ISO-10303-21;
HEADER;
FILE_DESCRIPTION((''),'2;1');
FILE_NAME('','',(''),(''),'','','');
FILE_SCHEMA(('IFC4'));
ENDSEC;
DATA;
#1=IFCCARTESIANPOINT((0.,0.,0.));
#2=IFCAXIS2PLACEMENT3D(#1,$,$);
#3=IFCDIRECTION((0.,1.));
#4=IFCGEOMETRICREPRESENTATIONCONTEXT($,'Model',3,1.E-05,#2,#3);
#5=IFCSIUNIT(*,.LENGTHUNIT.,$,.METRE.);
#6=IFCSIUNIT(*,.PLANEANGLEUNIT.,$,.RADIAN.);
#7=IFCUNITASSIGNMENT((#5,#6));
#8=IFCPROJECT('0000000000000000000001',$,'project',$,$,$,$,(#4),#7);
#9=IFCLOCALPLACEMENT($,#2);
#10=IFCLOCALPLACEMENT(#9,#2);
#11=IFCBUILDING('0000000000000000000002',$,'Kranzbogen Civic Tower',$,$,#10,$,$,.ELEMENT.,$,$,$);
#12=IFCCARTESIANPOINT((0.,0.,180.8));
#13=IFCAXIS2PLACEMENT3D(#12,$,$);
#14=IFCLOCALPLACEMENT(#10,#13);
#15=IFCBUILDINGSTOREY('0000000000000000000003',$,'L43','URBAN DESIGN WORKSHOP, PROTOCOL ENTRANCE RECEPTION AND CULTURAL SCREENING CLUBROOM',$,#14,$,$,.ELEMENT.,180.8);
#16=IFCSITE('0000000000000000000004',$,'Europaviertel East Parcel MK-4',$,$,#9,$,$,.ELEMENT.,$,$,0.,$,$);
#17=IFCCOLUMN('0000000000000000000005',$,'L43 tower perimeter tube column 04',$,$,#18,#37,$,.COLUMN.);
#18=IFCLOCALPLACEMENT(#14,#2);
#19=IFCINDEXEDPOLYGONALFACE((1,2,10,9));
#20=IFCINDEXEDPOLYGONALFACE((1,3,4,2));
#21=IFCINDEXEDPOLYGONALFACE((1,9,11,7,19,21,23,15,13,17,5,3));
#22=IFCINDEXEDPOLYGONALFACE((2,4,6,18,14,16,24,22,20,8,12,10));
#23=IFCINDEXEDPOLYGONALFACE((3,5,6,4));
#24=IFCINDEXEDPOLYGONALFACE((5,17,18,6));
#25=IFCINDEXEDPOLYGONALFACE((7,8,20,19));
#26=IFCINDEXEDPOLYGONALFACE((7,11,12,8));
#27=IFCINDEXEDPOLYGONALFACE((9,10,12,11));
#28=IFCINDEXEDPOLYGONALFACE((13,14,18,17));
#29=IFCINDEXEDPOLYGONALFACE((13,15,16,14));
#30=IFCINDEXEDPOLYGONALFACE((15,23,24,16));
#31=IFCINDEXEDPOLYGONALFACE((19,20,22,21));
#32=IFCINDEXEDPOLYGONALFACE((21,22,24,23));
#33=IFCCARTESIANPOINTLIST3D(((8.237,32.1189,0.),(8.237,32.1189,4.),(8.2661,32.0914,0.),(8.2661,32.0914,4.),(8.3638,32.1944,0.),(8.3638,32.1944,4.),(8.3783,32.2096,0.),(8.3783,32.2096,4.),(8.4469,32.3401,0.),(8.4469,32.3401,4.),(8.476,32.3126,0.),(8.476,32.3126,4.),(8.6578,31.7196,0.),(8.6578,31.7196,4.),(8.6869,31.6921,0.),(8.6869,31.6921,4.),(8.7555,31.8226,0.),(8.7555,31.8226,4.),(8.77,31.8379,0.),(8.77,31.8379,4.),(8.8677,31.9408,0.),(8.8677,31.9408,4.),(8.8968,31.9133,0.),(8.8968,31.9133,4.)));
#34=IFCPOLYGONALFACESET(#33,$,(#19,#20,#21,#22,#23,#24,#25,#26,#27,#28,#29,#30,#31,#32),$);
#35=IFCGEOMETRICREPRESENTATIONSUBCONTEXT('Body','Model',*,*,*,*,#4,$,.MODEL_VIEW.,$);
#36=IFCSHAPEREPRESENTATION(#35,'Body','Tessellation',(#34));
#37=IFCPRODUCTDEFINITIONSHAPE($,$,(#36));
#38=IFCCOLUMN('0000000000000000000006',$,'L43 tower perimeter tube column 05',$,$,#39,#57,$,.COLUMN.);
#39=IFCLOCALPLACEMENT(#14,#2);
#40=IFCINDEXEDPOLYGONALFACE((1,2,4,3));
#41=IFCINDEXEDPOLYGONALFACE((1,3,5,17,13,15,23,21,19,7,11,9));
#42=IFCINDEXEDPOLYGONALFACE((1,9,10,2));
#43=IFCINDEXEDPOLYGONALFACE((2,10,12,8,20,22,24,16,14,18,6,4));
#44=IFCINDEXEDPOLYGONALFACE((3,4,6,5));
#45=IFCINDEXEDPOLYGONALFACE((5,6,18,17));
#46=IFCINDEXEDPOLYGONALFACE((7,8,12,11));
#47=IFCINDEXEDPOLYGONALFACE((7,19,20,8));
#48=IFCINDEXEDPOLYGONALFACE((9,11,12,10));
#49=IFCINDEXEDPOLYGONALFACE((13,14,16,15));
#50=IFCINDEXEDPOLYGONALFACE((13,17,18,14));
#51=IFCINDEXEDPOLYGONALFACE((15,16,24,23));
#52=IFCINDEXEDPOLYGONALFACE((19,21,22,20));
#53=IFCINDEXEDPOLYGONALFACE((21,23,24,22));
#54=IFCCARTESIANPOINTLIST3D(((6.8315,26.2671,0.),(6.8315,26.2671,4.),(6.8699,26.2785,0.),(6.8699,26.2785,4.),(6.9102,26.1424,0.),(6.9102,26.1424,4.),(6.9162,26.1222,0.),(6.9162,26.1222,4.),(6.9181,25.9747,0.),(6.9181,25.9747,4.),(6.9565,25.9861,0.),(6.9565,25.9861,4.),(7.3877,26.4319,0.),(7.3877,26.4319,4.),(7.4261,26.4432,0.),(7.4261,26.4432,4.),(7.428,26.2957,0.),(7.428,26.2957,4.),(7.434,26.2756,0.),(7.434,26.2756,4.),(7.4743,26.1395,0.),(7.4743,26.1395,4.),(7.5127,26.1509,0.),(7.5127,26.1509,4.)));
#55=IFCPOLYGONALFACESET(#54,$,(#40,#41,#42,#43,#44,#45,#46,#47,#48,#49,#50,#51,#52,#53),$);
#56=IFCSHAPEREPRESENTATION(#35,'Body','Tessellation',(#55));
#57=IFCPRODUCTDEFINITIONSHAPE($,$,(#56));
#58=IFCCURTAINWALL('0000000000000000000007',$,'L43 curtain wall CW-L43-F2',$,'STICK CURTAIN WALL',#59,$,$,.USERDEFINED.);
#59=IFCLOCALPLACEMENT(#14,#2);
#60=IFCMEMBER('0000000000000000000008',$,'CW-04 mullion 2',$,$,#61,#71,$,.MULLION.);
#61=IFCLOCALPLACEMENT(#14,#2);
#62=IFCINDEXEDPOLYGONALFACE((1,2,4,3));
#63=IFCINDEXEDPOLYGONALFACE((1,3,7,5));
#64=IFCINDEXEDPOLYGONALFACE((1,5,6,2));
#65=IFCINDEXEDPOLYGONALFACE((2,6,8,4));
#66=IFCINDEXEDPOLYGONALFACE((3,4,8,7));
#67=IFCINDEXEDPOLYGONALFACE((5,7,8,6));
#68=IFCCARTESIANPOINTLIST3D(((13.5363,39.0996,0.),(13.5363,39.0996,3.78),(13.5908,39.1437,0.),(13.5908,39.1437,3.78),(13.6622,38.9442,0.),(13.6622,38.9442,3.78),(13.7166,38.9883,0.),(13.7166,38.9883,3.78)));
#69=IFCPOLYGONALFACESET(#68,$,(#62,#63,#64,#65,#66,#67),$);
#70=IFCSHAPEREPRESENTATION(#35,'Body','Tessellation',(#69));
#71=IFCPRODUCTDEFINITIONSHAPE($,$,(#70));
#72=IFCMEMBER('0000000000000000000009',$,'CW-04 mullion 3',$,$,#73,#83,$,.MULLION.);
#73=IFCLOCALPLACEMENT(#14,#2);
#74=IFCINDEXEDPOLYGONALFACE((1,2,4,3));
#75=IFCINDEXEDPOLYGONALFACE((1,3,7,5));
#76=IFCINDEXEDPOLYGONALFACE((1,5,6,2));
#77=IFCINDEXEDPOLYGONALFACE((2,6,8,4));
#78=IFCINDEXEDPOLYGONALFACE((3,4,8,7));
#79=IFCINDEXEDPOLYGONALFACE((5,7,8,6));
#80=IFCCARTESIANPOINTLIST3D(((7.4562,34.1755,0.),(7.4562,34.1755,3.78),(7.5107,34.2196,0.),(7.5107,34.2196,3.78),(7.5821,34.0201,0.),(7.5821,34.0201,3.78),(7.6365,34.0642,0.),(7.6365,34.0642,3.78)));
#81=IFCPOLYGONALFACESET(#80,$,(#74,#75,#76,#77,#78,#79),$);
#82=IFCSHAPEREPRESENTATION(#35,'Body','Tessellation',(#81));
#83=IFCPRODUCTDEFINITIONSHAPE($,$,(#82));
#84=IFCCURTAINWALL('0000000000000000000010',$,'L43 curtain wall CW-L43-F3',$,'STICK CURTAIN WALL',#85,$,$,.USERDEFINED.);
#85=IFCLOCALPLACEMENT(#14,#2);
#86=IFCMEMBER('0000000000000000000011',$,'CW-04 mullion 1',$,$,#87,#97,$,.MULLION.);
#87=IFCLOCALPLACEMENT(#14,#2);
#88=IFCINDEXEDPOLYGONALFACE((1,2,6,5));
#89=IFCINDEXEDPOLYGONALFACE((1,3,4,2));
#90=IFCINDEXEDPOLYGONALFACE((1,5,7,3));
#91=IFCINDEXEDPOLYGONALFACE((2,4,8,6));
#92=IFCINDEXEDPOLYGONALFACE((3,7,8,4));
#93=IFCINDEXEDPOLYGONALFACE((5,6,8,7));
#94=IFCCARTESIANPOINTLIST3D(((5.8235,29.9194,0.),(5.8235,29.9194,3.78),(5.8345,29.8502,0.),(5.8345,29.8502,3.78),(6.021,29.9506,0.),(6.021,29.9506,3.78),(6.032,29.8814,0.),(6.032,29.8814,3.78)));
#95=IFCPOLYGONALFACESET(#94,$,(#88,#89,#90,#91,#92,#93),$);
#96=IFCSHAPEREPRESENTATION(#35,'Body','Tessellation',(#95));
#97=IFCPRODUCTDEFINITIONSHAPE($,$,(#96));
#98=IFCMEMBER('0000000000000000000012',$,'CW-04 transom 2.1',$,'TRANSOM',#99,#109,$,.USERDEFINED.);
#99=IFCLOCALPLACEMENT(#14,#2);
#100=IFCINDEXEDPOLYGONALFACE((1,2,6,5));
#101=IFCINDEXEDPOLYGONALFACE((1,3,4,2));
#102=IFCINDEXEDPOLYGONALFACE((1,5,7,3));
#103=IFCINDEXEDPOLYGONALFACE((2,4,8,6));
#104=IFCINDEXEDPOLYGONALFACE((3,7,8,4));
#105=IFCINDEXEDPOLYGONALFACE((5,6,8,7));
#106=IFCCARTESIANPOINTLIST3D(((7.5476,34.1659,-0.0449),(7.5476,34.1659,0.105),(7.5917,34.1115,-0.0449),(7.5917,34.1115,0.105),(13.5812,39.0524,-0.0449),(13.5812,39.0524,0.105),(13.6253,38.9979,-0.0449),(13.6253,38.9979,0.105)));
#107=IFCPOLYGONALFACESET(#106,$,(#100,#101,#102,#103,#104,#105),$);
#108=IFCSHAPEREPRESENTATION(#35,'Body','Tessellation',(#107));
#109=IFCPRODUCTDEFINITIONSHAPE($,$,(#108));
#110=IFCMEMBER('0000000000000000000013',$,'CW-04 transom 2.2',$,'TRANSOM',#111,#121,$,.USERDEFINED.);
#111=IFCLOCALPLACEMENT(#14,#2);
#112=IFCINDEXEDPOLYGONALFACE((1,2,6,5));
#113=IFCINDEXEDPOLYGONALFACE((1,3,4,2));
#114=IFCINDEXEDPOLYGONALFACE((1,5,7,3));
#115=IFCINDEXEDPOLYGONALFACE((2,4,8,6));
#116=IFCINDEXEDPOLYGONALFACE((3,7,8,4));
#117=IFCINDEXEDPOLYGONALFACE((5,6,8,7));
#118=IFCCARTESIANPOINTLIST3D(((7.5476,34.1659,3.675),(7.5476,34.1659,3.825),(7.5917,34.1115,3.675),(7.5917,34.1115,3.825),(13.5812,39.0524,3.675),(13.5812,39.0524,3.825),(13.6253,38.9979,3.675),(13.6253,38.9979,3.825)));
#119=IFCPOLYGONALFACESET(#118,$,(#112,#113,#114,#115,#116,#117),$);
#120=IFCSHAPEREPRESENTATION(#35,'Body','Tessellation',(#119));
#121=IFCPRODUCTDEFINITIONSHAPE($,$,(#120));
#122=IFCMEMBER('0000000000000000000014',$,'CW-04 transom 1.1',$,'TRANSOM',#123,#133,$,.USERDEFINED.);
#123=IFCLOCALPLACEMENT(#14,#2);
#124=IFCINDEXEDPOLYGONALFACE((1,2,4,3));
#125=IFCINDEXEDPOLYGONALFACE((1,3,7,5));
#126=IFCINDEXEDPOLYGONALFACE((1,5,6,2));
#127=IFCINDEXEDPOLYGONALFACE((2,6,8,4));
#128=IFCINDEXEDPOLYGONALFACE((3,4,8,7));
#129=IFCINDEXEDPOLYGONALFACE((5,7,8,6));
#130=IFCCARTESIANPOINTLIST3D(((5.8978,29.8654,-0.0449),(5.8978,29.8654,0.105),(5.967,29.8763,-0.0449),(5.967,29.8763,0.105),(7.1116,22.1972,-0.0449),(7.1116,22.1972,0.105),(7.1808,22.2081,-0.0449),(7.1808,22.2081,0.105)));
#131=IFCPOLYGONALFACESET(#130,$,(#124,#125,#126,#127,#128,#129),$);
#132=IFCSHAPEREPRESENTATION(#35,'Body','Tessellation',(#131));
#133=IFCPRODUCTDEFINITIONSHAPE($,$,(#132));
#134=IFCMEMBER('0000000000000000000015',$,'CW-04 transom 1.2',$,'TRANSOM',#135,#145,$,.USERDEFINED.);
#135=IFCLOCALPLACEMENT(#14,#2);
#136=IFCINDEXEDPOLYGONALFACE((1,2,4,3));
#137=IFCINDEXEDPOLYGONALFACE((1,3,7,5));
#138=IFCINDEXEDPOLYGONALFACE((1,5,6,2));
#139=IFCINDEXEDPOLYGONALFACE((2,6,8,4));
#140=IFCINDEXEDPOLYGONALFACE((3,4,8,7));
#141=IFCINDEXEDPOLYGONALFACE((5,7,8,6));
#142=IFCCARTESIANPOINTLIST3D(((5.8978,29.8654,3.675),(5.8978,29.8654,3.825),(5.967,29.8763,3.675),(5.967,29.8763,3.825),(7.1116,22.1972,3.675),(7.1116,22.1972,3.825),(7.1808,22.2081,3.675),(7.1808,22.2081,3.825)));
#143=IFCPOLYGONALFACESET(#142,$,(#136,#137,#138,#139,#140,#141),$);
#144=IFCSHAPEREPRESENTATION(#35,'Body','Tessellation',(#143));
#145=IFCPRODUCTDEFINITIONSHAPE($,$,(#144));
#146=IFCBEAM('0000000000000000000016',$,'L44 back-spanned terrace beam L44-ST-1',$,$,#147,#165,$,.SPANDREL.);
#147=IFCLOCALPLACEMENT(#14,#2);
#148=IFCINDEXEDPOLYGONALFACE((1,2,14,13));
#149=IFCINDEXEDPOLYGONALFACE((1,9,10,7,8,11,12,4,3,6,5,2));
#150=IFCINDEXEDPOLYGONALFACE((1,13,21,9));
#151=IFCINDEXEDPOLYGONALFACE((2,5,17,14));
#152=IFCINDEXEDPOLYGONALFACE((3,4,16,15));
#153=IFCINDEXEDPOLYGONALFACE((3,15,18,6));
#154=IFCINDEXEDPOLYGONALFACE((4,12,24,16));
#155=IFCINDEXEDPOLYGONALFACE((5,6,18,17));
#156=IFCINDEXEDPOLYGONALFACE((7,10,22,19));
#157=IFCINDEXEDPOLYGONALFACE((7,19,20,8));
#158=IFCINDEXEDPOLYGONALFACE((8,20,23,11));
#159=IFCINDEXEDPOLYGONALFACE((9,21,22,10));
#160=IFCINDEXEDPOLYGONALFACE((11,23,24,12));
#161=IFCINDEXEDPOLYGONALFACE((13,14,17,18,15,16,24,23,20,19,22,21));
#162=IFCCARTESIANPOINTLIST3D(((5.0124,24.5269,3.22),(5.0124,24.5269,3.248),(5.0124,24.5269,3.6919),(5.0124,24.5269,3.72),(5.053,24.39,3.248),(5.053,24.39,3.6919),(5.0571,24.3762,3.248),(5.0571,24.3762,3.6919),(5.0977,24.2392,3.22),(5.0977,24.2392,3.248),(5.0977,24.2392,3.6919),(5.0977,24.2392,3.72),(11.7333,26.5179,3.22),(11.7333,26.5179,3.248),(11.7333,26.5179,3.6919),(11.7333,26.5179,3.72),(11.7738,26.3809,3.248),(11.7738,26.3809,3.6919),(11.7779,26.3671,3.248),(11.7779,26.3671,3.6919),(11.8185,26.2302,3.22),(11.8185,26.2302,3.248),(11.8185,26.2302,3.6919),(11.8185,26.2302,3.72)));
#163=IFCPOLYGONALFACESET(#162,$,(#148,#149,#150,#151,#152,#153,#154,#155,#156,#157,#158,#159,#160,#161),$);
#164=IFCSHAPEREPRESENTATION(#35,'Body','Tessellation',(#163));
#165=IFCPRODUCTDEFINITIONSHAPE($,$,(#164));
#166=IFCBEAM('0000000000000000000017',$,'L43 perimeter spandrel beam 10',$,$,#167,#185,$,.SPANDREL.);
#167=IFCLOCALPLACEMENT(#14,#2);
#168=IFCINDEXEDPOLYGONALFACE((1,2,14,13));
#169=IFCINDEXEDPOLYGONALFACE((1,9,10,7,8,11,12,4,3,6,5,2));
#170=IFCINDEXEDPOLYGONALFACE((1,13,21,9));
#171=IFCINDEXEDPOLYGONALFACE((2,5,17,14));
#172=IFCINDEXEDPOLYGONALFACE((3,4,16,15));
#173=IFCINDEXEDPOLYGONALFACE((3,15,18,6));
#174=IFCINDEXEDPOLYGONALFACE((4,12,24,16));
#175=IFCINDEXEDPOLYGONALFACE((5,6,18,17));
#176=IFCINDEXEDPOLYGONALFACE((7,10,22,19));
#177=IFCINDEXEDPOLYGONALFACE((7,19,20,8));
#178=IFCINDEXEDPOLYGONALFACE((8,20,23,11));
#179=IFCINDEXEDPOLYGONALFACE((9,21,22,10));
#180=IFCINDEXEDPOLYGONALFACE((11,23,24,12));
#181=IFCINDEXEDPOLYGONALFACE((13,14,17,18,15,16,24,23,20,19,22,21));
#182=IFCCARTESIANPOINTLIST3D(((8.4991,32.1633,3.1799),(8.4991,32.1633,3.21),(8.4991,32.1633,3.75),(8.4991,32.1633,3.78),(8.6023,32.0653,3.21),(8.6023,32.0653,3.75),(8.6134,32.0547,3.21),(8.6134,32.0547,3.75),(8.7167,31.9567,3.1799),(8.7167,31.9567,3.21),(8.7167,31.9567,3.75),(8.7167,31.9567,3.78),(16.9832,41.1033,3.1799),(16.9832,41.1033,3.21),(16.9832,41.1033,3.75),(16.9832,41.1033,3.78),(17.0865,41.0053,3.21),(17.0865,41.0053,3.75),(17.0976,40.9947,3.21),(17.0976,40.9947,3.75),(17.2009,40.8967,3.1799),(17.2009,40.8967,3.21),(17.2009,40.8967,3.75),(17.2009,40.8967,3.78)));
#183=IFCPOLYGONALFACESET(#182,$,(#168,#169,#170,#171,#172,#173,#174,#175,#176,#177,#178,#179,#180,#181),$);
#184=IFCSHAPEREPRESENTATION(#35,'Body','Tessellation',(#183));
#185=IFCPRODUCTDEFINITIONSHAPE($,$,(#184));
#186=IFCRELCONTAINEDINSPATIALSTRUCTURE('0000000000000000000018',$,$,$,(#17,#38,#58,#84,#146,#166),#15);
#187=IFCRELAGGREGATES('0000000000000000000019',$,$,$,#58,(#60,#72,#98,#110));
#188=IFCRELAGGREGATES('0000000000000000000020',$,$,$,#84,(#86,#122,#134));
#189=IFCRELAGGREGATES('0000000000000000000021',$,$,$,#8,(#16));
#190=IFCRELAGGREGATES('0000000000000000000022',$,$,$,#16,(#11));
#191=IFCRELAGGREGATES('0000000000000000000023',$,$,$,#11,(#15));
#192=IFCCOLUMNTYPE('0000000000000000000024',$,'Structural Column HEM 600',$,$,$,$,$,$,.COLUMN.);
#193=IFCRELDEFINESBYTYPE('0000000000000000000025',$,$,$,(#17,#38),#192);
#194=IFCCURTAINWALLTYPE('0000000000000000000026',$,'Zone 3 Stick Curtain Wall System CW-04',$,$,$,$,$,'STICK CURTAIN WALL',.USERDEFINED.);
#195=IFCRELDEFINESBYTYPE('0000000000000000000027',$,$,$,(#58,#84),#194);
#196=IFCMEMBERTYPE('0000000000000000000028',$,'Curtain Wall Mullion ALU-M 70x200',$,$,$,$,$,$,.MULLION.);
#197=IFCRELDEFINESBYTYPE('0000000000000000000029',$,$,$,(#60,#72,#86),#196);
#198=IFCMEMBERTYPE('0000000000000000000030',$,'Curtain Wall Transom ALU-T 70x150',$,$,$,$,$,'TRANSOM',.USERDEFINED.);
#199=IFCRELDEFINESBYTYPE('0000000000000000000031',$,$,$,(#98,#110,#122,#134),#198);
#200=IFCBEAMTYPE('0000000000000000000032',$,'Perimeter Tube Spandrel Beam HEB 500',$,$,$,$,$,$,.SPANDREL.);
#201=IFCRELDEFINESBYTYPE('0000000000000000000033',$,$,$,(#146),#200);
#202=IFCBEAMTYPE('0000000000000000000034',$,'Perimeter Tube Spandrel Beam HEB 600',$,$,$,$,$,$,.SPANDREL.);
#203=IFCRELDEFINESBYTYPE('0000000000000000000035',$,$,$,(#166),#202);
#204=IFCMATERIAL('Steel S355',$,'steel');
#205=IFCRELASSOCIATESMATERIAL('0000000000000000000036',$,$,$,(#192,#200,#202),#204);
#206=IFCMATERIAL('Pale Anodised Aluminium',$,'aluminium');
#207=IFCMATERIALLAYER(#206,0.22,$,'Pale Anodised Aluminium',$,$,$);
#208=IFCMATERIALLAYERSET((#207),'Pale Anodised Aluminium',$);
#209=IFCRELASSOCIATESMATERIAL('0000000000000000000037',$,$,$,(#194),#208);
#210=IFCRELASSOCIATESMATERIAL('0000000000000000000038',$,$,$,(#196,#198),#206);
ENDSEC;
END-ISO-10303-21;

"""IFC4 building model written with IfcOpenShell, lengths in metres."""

from ifc_helpers import new_model, si_unit, direction, frame, origin, origin_2d, place, context, subcontext, project, spatial, rectangle, i_section, extrude, material, layer, layer_set, material_profile, profile_set, type_object, element, aggregate, save


model = new_model("IFC4")

# Units and contexts
model_context = context("Model", 3, precision=1e-05, world=origin(), true_north=direction((0.0, 1.0)))
body_context = subcontext(model_context, "Body", "Model", "MODEL_VIEW")
ifc_project = project(units=[si_unit("LENGTHUNIT", "METRE"), si_unit("PLANEANGLEUNIT", "RADIAN")], contexts=[model_context])

# Site, building, storey
site_placement = place(None, origin())
site = spatial("IfcSite", under=ifc_project, at=site_placement, Name="Europaviertel East Parcel MK-4", CompositionType="ELEMENT", RefElevation=0.0)
building_placement = place(site_placement, origin())
building = spatial("IfcBuilding", under=site, at=building_placement, Name="Kranzbogen Civic Tower", CompositionType="ELEMENT")
storey_placement = place(building_placement, frame((0.0, 0.0, 180.8)))
storey = spatial("IfcBuildingStorey", under=building, at=storey_placement, Name="L43", Description="URBAN DESIGN WORKSHOP, PROTOCOL ENTRANCE RECEPTION AND CULTURAL SCREENING CLUBROOM", CompositionType="ELEMENT", Elevation=180.8)

# Columns
ifc_material_1 = material(Name="Steel S355", Category="steel")
ifc_material_profile_1 = material_profile(ifc_material_1, i_section(OverallWidth=0.3049, OverallDepth=0.6201, WebThickness=0.021, FlangeThickness=0.04, at=origin_2d()), Name="HEM 600")
ifc_profile_set_1 = profile_set([ifc_material_profile_1], Name="Steel S355")
column_type = type_object("IfcColumnType", Name="Structural Column HEM 600", PredefinedType="COLUMN", material=ifc_profile_set_1)
for number, where, z_axis, x_axis, name in (
    (1, (8.5669, 32.0161, 0.0), (0.0, 0.0, 1.0), (0.688355, 0.725374, 0.0), "L43 tower perimeter tube column 04"),
    (2, (7.1721, 26.209, 0.0), (0.0, 0.0, 1.0), (-0.284015, 0.95882, 0.0), "L43 tower perimeter tube column 05"),
):
    element("IfcColumn", number, at=place(storey_placement, frame(where, z_axis=z_axis, x_axis=x_axis)), inside=storey, type_object=column_type, Name=name, PredefinedType="COLUMN", context=body_context, shape_type="SweptSolid", body=[
        extrude(i_section(OverallWidth=0.3049, OverallDepth=0.6201, WebThickness=0.021, FlangeThickness=0.04, at=origin_2d()), origin(), (0.0, 0.0, 1.0), 4.0),
    ])

# Curtain wall, members
ifc_material_2 = material(Name="Pale Anodised Aluminium", Category="aluminium")
ifc_layer_1 = layer(ifc_material_2, 0.22, Name="Pale Anodised Aluminium")
ifc_layer_set_1 = layer_set([ifc_layer_1], Name="Pale Anodised Aluminium")
curtain_wall_type = type_object("IfcCurtainWallType", Name="Zone 3 Stick Curtain Wall System CW-04", ElementType="STICK CURTAIN WALL", PredefinedType="USERDEFINED", material=ifc_layer_set_1)
curtain_wall_1_placement = place(storey_placement, origin())
curtain_wall_1 = element("IfcCurtainWall", 3, at=curtain_wall_1_placement, inside=storey, type_object=curtain_wall_type, Name="L43 curtain wall CW-L43-F2", ObjectType="STICK CURTAIN WALL", PredefinedType="USERDEFINED")
ifc_material_profile_2 = material_profile(ifc_material_2, rectangle(XDim=0.0701, YDim=0.2, at=origin_2d()), Name="ALU-M 70x200")
ifc_profile_set_2 = profile_set([ifc_material_profile_2], Name="Pale Anodised Aluminium")
member_type_1 = type_object("IfcMemberType", Name="Curtain Wall Mullion ALU-M 70x200", PredefinedType="MULLION", material=ifc_profile_set_2)
member_1_placement = place(storey_placement, frame((13.6265, 39.0439, 0.0), z_axis=(0.0, 0.0, 1.0), x_axis=(-0.777116, -0.629358, 0.0)))
member_1 = element("IfcMember", 4, at=member_1_placement, type_object=member_type_1, Name="CW-04 mullion 2", PredefinedType="MULLION", context=body_context, shape_type="SweptSolid", body=[
    extrude(rectangle(XDim=0.0701, YDim=0.2, at=origin_2d()), origin(), (0.0, 0.0, 1.0), 3.78),
])
member_2_placement = place(storey_placement, frame((7.5464, 34.1199, 0.0), z_axis=(0.0, 0.0, 1.0), x_axis=(-0.777116, -0.629358, 0.0)))
member_2 = element("IfcMember", 5, at=member_2_placement, type_object=member_type_1, Name="CW-04 mullion 3", PredefinedType="MULLION", context=body_context, shape_type="SweptSolid", body=[
    extrude(rectangle(XDim=0.0701, YDim=0.2, at=origin_2d()), origin(), (0.0, 0.0, 1.0), 3.78),
])

# Curtain wall, member
curtain_wall_2_placement = place(storey_placement, origin())
curtain_wall_2 = element("IfcCurtainWall", 6, at=curtain_wall_2_placement, inside=storey, type_object=curtain_wall_type, Name="L43 curtain wall CW-L43-F3", ObjectType="STICK CURTAIN WALL", PredefinedType="USERDEFINED")
member_3_placement = place(storey_placement, frame((5.9277, 29.9004, 0.0), z_axis=(0.0, 0.0, 1.0), x_axis=(0.156361, -0.9877, 0.0)))
member_3 = element("IfcMember", 7, at=member_3_placement, type_object=member_type_1, Name="CW-04 mullion 1", PredefinedType="MULLION", context=body_context, shape_type="SweptSolid", body=[
    extrude(rectangle(XDim=0.0701, YDim=0.2, at=origin_2d()), origin(), (0.0, 0.0, 1.0), 3.78),
])

# Members
ifc_material_profile_3 = material_profile(ifc_material_2, rectangle(XDim=0.0701, YDim=0.1499, at=origin_2d()), Name="ALU-T 70x150")
ifc_profile_set_3 = profile_set([ifc_material_profile_3], Name="Pale Anodised Aluminium")
member_type_2 = type_object("IfcMemberType", Name="Curtain Wall Transom ALU-T 70x150", ElementType="TRANSOM", PredefinedType="USERDEFINED", material=ifc_profile_set_3)
member_4_placement = place(storey_placement, frame((13.6033, 39.0251, 0.03), z_axis=(-0.777115, -0.629358, 0.0), x_axis=(0.629358, -0.777115, 0.0)))
member_4 = element("IfcMember", 8, at=member_4_placement, type_object=member_type_2, Name="CW-04 transom 2.1", ObjectType="TRANSOM", PredefinedType="USERDEFINED", context=body_context, shape_type="SweptSolid", body=[
    extrude(rectangle(XDim=0.0701, YDim=0.1499, at=origin_2d()), origin(), (0.0, 0.0, 1.0), 7.7642),
])
member_5_placement = place(storey_placement, frame((13.6033, 39.0251, 3.75), z_axis=(-0.777115, -0.629358, 0.0), x_axis=(0.629358, -0.777115, 0.0)))
member_5 = element("IfcMember", 9, at=member_5_placement, type_object=member_type_2, Name="CW-04 transom 2.2", ObjectType="TRANSOM", PredefinedType="USERDEFINED", context=body_context, shape_type="SweptSolid", body=[
    extrude(rectangle(XDim=0.0701, YDim=0.1499, at=origin_2d()), origin(), (0.0, 0.0, 1.0), 7.7642),
])
member_6_placement = place(storey_placement, frame((5.9324, 29.8708, 0.03), z_axis=(0.156352, -0.987701, 0.0), x_axis=(0.987701, 0.156352, 0.0)))
member_6 = element("IfcMember", 10, at=member_6_placement, type_object=member_type_2, Name="CW-04 transom 1.1", ObjectType="TRANSOM", PredefinedType="USERDEFINED", context=body_context, shape_type="SweptSolid", body=[
    extrude(rectangle(XDim=0.0701, YDim=0.1499, at=origin_2d()), origin(), (0.0, 0.0, 1.0), 7.7637),
])
member_7_placement = place(storey_placement, frame((5.9324, 29.8708, 3.75), z_axis=(0.156352, -0.987701, 0.0), x_axis=(0.987701, 0.156352, 0.0)))
member_7 = element("IfcMember", 11, at=member_7_placement, type_object=member_type_2, Name="CW-04 transom 1.2", ObjectType="TRANSOM", PredefinedType="USERDEFINED", context=body_context, shape_type="SweptSolid", body=[
    extrude(rectangle(XDim=0.0701, YDim=0.1499, at=origin_2d()), origin(), (0.0, 0.0, 1.0), 7.7637),
])

# Beams
ifc_material_profile_4 = material_profile(ifc_material_1, i_section(OverallWidth=0.3, OverallDepth=0.5, WebThickness=0.0144, FlangeThickness=0.0281, at=origin_2d()), Name="HEB 500")
ifc_profile_set_4 = profile_set([ifc_material_profile_4], Name="Steel S355")
beam_type_1 = type_object("IfcBeamType", Name="Perimeter Tube Spandrel Beam HEB 500", PredefinedType="SPANDREL", material=ifc_profile_set_4)
beam_1_placement = place(storey_placement, frame((11.7759, 26.374, 3.47), z_axis=(-0.958815, -0.284033, 0.0), x_axis=(0.284033, -0.958815, 0.0)))
element("IfcBeam", 12, at=beam_1_placement, inside=storey, type_object=beam_type_1, Name="L44 back-spanned terrace beam L44-ST-1", PredefinedType="SPANDREL", context=body_context, shape_type="SweptSolid", body=[
    extrude(i_section(OverallWidth=0.3, OverallDepth=0.5, WebThickness=0.0144, FlangeThickness=0.0281, at=origin_2d()), origin(), (0.0, 0.0, 1.0), 7.0095),
])
ifc_material_profile_5 = material_profile(ifc_material_1, i_section(OverallWidth=0.3, OverallDepth=0.6001, WebThickness=0.0154, FlangeThickness=0.03, at=origin_2d()), Name="HEB 600")
ifc_profile_set_5 = profile_set([ifc_material_profile_5], Name="Steel S355")
beam_type_2 = type_object("IfcBeamType", Name="Perimeter Tube Spandrel Beam HEB 600", PredefinedType="SPANDREL", material=ifc_profile_set_5)
beam_2_placement = place(storey_placement, frame((17.092, 41.0, 3.48), z_axis=(-0.688373, -0.725356, 0.0), x_axis=(0.725356, -0.688373, 0.0)))
element("IfcBeam", 13, at=beam_2_placement, inside=storey, type_object=beam_type_2, Name="L43 perimeter spandrel beam 10", PredefinedType="SPANDREL", context=body_context, shape_type="SweptSolid", body=[
    extrude(i_section(OverallWidth=0.3, OverallDepth=0.6001, WebThickness=0.0154, FlangeThickness=0.03, at=origin_2d()), origin(), (0.0, 0.0, 1.0), 12.325),
])

aggregate(curtain_wall_1, [member_1, member_2, member_4, member_5])
aggregate(curtain_wall_2, [member_3, member_6, member_7])

save(model, "model.ifc")
